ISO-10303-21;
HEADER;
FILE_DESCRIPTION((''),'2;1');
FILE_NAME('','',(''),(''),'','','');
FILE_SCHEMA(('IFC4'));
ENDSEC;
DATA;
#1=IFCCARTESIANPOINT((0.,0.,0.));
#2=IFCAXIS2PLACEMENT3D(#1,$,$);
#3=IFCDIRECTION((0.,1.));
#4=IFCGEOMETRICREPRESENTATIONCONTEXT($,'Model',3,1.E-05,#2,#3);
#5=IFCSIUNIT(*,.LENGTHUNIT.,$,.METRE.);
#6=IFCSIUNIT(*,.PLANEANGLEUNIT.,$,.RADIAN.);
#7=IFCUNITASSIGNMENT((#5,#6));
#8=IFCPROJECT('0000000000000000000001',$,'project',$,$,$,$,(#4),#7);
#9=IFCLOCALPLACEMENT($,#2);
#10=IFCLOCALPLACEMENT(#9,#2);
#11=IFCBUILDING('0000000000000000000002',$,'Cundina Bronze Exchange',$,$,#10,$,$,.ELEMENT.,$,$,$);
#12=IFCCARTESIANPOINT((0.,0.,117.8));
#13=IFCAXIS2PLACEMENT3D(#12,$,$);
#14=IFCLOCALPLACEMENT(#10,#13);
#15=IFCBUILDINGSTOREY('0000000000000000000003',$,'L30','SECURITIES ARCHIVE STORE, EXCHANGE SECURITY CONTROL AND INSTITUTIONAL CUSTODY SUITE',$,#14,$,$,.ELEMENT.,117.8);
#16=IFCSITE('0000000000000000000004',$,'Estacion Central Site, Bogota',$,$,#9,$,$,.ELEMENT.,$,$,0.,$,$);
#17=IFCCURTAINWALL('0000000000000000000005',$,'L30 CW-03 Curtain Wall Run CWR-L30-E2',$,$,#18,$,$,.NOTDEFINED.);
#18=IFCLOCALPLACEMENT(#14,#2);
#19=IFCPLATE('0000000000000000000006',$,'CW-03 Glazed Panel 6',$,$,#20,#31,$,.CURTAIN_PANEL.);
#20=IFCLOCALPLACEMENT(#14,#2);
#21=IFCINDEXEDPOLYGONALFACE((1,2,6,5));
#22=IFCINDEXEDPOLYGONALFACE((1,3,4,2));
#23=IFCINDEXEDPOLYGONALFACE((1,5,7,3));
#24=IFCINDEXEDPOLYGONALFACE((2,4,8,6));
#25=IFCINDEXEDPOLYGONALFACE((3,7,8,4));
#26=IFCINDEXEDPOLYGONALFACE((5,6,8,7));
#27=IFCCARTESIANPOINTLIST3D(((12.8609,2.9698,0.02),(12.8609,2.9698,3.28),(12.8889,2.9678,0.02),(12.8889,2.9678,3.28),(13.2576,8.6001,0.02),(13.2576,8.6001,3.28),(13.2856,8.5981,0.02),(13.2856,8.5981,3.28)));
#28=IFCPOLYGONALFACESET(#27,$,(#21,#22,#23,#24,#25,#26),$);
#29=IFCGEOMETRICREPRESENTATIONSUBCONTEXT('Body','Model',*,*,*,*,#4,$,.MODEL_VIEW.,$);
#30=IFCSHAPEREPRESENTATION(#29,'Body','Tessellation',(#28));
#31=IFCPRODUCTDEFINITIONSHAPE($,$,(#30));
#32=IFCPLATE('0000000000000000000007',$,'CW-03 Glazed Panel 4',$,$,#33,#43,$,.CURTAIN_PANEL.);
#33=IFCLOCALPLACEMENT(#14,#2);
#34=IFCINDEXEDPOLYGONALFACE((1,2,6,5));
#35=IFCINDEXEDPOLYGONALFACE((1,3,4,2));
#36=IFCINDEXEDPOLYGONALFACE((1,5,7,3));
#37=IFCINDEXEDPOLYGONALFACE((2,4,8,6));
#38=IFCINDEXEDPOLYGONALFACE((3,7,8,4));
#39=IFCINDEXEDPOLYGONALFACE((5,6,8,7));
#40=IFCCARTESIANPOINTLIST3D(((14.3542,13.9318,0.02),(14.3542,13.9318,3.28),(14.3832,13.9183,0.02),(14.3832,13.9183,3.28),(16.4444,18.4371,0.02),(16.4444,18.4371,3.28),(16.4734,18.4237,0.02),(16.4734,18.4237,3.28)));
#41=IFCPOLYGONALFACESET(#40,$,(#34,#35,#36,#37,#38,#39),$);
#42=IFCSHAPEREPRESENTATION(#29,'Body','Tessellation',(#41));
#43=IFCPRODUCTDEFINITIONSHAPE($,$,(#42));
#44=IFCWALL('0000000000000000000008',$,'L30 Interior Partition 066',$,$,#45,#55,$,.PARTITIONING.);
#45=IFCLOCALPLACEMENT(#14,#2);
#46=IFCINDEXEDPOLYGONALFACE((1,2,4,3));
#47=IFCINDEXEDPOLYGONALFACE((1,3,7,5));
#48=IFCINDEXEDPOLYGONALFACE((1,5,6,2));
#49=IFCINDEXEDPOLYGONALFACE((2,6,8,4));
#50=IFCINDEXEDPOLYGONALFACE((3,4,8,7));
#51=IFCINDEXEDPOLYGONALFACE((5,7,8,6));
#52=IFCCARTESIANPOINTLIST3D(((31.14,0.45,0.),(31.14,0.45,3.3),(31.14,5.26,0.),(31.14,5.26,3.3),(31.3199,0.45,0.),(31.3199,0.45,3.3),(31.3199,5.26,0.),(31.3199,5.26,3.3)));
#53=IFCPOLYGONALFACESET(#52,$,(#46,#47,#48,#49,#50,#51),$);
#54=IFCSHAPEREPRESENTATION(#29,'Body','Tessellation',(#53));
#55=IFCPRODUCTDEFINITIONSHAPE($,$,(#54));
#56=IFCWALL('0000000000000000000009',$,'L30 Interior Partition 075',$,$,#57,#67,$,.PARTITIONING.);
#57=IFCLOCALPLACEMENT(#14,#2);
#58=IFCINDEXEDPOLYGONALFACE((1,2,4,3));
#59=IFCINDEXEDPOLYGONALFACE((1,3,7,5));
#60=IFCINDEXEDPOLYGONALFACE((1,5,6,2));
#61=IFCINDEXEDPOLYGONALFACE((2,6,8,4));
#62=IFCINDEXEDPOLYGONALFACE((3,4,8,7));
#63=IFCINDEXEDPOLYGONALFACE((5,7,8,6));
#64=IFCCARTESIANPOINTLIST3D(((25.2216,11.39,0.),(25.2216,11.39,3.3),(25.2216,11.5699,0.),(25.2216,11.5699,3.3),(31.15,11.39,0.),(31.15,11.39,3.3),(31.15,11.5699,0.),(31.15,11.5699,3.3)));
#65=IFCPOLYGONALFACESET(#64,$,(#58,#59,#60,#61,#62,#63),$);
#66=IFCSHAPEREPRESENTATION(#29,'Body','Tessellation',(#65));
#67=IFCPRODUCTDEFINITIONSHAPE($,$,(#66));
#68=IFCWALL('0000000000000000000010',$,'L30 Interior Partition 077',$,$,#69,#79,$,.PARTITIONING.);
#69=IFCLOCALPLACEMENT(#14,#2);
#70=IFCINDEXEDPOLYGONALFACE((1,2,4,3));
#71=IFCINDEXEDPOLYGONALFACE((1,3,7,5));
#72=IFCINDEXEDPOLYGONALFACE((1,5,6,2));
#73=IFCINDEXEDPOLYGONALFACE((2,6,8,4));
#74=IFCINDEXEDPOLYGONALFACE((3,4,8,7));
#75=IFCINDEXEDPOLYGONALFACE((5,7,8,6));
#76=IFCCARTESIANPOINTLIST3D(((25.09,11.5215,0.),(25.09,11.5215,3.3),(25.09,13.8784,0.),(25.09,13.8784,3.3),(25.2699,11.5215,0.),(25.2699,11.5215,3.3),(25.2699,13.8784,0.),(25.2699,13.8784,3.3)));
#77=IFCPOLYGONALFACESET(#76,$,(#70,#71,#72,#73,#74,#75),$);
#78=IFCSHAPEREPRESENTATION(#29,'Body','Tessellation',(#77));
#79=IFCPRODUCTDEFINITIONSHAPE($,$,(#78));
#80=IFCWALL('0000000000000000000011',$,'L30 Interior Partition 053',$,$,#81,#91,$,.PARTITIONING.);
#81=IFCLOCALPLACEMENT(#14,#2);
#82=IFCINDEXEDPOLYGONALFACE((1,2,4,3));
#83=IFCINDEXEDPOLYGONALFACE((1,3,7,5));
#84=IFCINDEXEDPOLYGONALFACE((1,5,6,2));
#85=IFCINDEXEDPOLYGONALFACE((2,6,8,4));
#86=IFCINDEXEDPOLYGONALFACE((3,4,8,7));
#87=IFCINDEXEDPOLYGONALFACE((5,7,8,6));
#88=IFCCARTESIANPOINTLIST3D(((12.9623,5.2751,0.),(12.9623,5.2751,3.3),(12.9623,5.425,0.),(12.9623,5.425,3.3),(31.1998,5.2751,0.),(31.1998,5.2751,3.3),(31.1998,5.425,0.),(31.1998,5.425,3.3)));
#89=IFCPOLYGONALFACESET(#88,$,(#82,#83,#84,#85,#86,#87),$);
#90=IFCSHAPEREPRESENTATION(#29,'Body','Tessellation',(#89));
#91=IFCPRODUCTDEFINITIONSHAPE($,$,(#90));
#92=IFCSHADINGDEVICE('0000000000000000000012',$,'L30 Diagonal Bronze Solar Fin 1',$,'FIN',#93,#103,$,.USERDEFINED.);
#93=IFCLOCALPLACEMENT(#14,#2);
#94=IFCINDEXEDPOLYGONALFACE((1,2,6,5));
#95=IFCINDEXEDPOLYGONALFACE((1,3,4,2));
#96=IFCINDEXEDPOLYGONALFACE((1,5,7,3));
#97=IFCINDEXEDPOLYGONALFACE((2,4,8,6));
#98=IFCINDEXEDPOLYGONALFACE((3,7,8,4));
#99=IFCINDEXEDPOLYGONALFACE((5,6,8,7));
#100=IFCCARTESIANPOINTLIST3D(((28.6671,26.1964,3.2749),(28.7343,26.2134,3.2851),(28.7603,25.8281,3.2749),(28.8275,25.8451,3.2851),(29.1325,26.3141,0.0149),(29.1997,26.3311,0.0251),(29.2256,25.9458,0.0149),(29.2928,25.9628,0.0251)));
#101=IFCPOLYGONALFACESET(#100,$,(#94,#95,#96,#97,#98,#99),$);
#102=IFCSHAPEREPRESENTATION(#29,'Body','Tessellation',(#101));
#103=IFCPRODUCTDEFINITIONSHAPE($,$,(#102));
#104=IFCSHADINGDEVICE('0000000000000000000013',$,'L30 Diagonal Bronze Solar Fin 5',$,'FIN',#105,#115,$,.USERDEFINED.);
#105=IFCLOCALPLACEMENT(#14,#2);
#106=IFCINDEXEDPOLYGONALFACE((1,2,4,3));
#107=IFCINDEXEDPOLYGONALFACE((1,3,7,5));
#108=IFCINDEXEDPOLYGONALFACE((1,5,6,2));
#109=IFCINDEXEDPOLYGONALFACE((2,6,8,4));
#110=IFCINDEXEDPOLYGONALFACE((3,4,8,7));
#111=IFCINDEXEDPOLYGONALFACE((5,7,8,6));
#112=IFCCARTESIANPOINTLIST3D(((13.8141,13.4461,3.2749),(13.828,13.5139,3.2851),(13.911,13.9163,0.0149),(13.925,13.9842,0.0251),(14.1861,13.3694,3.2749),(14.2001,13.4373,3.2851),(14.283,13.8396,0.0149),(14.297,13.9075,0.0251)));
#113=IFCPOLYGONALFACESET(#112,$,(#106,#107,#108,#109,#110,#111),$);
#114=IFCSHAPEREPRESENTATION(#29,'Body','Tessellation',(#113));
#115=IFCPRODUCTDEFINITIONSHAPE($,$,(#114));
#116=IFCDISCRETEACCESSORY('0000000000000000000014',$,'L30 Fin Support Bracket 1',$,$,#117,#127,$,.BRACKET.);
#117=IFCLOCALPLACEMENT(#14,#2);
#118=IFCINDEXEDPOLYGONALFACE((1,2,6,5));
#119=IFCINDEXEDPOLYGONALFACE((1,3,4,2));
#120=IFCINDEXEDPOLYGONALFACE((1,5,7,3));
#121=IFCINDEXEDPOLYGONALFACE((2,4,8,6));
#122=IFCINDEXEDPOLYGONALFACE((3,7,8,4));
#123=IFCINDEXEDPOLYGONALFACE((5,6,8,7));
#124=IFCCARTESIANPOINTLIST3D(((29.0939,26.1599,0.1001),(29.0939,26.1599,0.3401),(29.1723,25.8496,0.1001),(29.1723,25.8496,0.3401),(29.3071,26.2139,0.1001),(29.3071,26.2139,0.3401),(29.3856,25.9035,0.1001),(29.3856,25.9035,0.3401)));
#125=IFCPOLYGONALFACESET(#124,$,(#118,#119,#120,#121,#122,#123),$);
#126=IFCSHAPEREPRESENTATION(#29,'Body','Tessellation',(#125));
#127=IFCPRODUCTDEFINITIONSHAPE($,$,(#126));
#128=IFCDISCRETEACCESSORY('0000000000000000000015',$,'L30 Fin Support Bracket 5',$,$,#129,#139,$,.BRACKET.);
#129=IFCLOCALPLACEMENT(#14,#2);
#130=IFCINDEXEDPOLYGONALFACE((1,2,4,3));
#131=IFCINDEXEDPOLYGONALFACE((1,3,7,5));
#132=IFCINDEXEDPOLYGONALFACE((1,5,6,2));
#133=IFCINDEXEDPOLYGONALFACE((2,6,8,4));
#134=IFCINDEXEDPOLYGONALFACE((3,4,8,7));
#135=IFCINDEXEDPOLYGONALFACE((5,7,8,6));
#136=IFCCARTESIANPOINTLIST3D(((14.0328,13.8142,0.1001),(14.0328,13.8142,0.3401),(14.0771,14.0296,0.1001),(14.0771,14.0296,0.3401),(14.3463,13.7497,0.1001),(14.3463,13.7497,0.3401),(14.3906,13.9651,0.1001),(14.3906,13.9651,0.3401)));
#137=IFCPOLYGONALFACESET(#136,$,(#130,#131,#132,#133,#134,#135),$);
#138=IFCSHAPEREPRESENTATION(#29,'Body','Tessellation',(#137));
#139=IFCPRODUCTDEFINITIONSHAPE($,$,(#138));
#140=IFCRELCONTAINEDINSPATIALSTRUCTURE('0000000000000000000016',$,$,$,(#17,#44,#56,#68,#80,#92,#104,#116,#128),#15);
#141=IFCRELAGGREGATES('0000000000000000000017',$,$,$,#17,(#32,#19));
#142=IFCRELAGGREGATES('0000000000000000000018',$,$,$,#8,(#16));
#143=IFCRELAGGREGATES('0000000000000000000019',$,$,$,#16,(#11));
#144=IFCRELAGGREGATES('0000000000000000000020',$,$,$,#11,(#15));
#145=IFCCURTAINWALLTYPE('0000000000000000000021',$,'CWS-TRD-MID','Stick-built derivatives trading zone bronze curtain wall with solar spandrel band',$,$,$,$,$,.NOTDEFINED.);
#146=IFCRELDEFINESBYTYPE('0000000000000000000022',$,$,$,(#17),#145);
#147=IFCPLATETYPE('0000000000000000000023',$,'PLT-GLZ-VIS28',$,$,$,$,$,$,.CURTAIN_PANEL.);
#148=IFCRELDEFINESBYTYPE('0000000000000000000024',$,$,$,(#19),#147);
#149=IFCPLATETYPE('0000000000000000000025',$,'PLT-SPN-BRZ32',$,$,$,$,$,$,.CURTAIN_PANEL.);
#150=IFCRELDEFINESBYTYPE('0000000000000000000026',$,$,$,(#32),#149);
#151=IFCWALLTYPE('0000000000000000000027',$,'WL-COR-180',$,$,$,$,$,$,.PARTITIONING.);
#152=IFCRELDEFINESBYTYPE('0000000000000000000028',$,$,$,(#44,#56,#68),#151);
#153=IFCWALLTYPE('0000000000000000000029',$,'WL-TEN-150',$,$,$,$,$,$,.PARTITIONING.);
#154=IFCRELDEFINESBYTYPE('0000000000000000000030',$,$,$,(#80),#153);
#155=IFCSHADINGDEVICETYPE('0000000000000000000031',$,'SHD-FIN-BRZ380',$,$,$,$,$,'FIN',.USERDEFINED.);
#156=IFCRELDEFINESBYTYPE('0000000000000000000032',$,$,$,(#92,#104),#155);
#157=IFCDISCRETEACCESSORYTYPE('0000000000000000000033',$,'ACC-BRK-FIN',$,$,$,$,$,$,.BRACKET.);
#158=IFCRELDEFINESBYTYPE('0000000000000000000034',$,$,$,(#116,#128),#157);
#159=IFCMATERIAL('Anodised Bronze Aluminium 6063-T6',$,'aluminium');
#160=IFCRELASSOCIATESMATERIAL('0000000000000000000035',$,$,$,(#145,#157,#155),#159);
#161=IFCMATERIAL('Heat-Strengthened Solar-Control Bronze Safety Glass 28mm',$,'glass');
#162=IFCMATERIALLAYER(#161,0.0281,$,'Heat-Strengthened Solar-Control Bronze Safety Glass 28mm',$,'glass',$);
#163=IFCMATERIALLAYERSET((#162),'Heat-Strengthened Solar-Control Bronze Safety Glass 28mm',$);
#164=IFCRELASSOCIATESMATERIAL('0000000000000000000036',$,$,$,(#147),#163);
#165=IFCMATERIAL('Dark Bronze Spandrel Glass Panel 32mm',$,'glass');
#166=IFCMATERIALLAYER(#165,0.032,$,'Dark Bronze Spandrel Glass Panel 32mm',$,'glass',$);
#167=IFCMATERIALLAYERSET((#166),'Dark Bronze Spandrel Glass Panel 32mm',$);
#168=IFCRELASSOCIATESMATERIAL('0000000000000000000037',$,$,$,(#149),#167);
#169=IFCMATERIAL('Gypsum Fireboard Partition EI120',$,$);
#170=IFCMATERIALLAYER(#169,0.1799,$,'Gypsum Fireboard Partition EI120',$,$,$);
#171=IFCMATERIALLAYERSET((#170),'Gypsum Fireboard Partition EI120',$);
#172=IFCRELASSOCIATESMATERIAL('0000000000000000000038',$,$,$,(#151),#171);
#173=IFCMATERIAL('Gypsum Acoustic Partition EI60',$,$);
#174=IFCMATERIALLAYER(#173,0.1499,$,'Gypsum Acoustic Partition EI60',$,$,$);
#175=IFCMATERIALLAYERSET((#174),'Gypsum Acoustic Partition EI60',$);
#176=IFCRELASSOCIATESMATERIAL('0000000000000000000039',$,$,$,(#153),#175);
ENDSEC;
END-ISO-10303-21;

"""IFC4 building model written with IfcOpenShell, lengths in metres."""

from ifc_helpers import new_model, si_unit, direction, frame, frame_2d, origin, origin_2d, place, context, subcontext, project, spatial, rectangle, extrude, material, layer, layer_set, material_profile, profile_set, type_object, element, aggregate, save


model = new_model("IFC4")

# Units and contexts
model_context = context("Model", 3, precision=1e-05, world=origin(), true_north=direction((0.0, 1.0)))
body_context = subcontext(model_context, "Body", "Model", "MODEL_VIEW")
ifc_project = project(units=[si_unit("LENGTHUNIT", "METRE"), si_unit("PLANEANGLEUNIT", "RADIAN")], contexts=[model_context])

# Site, building, storey
site_placement = place(None, origin())
site = spatial("IfcSite", under=ifc_project, at=site_placement, Name="Estacion Central Site, Bogota", CompositionType="ELEMENT", RefElevation=0.0)
building_placement = place(site_placement, origin())
building = spatial("IfcBuilding", under=site, at=building_placement, Name="Cundina Bronze Exchange", CompositionType="ELEMENT")
storey_placement = place(building_placement, frame((0.0, 0.0, 117.8)))
storey = spatial("IfcBuildingStorey", under=building, at=storey_placement, Name="L30", Description="SECURITIES ARCHIVE STORE, EXCHANGE SECURITY CONTROL AND INSTITUTIONAL CUSTODY SUITE", CompositionType="ELEMENT", Elevation=117.8)

# Shared definitions
ifc_material_1 = material(Name="Anodised Bronze Aluminium 6063-T6", Category="aluminium")
curtain_wall_type = type_object("IfcCurtainWallType", Name="CWS-TRD-MID", Description="Stick-built derivatives trading zone bronze curtain wall with solar spandrel band", PredefinedType="NOTDEFINED", material=ifc_material_1)

# Curtain wall, plates
curtain_wall_1_placement = place(storey_placement, origin())
curtain_wall_1 = element("IfcCurtainWall", 1, at=curtain_wall_1_placement, inside=storey, type_object=curtain_wall_type, Name="L30 CW-03 Curtain Wall Run CWR-L30-E2", PredefinedType="NOTDEFINED")
ifc_material_2 = material(Name="Heat-Strengthened Solar-Control Bronze Safety Glass 28mm", Category="glass")
ifc_layer_1 = layer(ifc_material_2, 0.0281, Name="Heat-Strengthened Solar-Control Bronze Safety Glass 28mm", Category="glass")
ifc_layer_set_1 = layer_set([ifc_layer_1], Name="Heat-Strengthened Solar-Control Bronze Safety Glass 28mm")
plate_type_1 = type_object("IfcPlateType", Name="PLT-GLZ-VIS28", PredefinedType="CURTAIN_PANEL", material=ifc_layer_set_1)
plate_1_placement = place(storey_placement, frame((13.0732, 5.7839, 0.02), z_axis=(0.0, 0.0, 1.0), x_axis=(-0.070279, -0.997527, 0.0)))
plate_1 = element("IfcPlate", 2, at=plate_1_placement, type_object=plate_type_1, Name="CW-03 Glazed Panel 6", PredefinedType="CURTAIN_PANEL", context=body_context, shape_type="SweptSolid", body=[
    extrude(rectangle(XDim=5.6443, YDim=0.0281, at=origin_2d()), origin(), (0.0, 0.0, 1.0), 3.26),
])
ifc_material_3 = material(Name="Dark Bronze Spandrel Glass Panel 32mm", Category="glass")
ifc_layer_2 = layer(ifc_material_3, 0.032, Name="Dark Bronze Spandrel Glass Panel 32mm", Category="glass")
ifc_layer_set_2 = layer_set([ifc_layer_2], Name="Dark Bronze Spandrel Glass Panel 32mm")
plate_type_2 = type_object("IfcPlateType", Name="PLT-SPN-BRZ32", PredefinedType="CURTAIN_PANEL", material=ifc_layer_set_2)
plate_2_placement = place(storey_placement, frame((15.4138, 16.1777, 0.02), z_axis=(0.0, 0.0, 1.0), x_axis=(-0.420846, -0.907132, 0.0)))
plate_2 = element("IfcPlate", 3, at=plate_2_placement, type_object=plate_type_2, Name="CW-03 Glazed Panel 4", PredefinedType="CURTAIN_PANEL", context=body_context, shape_type="SweptSolid", body=[
    extrude(rectangle(XDim=4.9666, YDim=0.032, at=origin_2d()), origin(), (0.0, 0.0, 1.0), 3.26),
])
aggregate(curtain_wall_1, [plate_2, plate_1])

# Walls
ifc_material_4 = material(Name="Gypsum Fireboard Partition EI120")
ifc_layer_3 = layer(ifc_material_4, 0.1799, Name="Gypsum Fireboard Partition EI120")
ifc_layer_set_3 = layer_set([ifc_layer_3], Name="Gypsum Fireboard Partition EI120")
wall_type_1 = type_object("IfcWallType", Name="WL-COR-180", PredefinedType="PARTITIONING", material=ifc_layer_set_3)
wall_1_placement = place(storey_placement, frame((31.23, 5.26, 0.0), z_axis=(0.0, 0.0, 1.0), x_axis=(0.0, -1.0, 0.0)))
element("IfcWall", 4, at=wall_1_placement, inside=storey, type_object=wall_type_1, Name="L30 Interior Partition 066", PredefinedType="PARTITIONING", context=body_context, shape_type="SweptSolid", body=[
    extrude(rectangle(XDim=4.8101, YDim=0.1799, at=frame_2d((2.405, 0.0))), origin(), (0.0, 0.0, 1.0), 3.3),
])
wall_2_placement = place(storey_placement, frame((25.2214, 11.48, 0.0), z_axis=(0.0, 0.0, 1.0), x_axis=(1.0, 0.0, 0.0)))
element("IfcWall", 5, at=wall_2_placement, inside=storey, type_object=wall_type_1, Name="L30 Interior Partition 075", PredefinedType="PARTITIONING", context=body_context, shape_type="SweptSolid", body=[
    extrude(rectangle(XDim=5.9285, YDim=0.1799, at=frame_2d((2.9644, 0.0))), origin(), (0.0, 0.0, 1.0), 3.3),
])
wall_3_placement = place(storey_placement, frame((25.1799, 13.8784, 0.0), z_axis=(0.0, 0.0, 1.0), x_axis=(0.0, -1.0, 0.0)))
element("IfcWall", 6, at=wall_3_placement, inside=storey, type_object=wall_type_1, Name="L30 Interior Partition 077", PredefinedType="PARTITIONING", context=body_context, shape_type="SweptSolid", body=[
    extrude(rectangle(XDim=2.3569, YDim=0.1799, at=frame_2d((1.1785, 0.0))), origin(), (0.0, 0.0, 1.0), 3.3),
])
ifc_material_5 = material(Name="Gypsum Acoustic Partition EI60")
ifc_layer_4 = layer(ifc_material_5, 0.1499, Name="Gypsum Acoustic Partition EI60")
ifc_layer_set_4 = layer_set([ifc_layer_4], Name="Gypsum Acoustic Partition EI60")
wall_type_2 = type_object("IfcWallType", Name="WL-TEN-150", PredefinedType="PARTITIONING", material=ifc_layer_set_4)
wall_4_placement = place(storey_placement, frame((12.9624, 5.3501, 0.0), z_axis=(0.0, 0.0, 1.0), x_axis=(1.0, 0.0, 0.0)))
element("IfcWall", 7, at=wall_4_placement, inside=storey, type_object=wall_type_2, Name="L30 Interior Partition 053", PredefinedType="PARTITIONING", context=body_context, shape_type="SweptSolid", body=[
    extrude(rectangle(XDim=18.2375, YDim=0.1499, at=frame_2d((9.1187, 0.0))), origin(), (0.0, 0.0, 1.0), 3.3),
])

# Shading devices
ifc_material_profile_1 = material_profile(ifc_material_1, rectangle(XDim=0.0701, YDim=0.3799, at=origin_2d()), Name="FIN70X380", Category="aluminium")
ifc_profile_set_1 = profile_set([ifc_material_profile_1], Name="Anodised Bronze Aluminium 6063-T6")
shading_device_type = type_object("IfcShadingDeviceType", Name="SHD-FIN-BRZ380", ElementType="FIN", PredefinedType="USERDEFINED", material=ifc_profile_set_1)
for number, where, z_axis, x_axis, name in (
    (8, (29.2126, 26.1384, 0.02), (-0.141217, -0.035712, 0.989334), (0.959141, 0.242553, 0.145663), "L30 Diagonal Bronze Solar Fin 1"),
    (9, (14.104, 13.9119, 0.02), (-0.029414, -0.142698, 0.989329), (0.199728, 0.968959, 0.145698), "L30 Diagonal Bronze Solar Fin 5"),
):
    element("IfcShadingDevice", number, at=place(storey_placement, frame(where, z_axis=z_axis, x_axis=x_axis)), inside=storey, type_object=shading_device_type, Name=name, ObjectType="FIN", PredefinedType="USERDEFINED", context=body_context, shape_type="SweptSolid", body=[
        extrude(rectangle(XDim=0.0701, YDim=0.3799, at=origin_2d()), origin(), (0.0, 0.0, 1.0), 3.2952),
    ])

# Discrete accessories
discrete_accessory_type = type_object("IfcDiscreteAccessoryType", Name="ACC-BRK-FIN", PredefinedType="BRACKET", material=ifc_material_1)
for number, where, z_axis, x_axis, name in (
    (10, (29.2397, 26.0317, 0.1001), (0.0, 0.0, 1.0), (-0.969488, -0.245138, 0.0), "L30 Fin Support Bracket 1"),
    (11, (14.2117, 13.8896, 0.1001), (0.0, 0.0, 1.0), (-0.20142, -0.979505, 0.0), "L30 Fin Support Bracket 5"),
):
    element("IfcDiscreteAccessory", number, at=place(storey_placement, frame(where, z_axis=z_axis, x_axis=x_axis)), inside=storey, type_object=discrete_accessory_type, Name=name, PredefinedType="BRACKET", context=body_context, shape_type="SweptSolid", body=[
        extrude(rectangle(XDim=0.22, YDim=0.3201, at=origin_2d()), origin(), (0.0, 0.0, 1.0), 0.24),
    ])

save(model, "model.ifc")
